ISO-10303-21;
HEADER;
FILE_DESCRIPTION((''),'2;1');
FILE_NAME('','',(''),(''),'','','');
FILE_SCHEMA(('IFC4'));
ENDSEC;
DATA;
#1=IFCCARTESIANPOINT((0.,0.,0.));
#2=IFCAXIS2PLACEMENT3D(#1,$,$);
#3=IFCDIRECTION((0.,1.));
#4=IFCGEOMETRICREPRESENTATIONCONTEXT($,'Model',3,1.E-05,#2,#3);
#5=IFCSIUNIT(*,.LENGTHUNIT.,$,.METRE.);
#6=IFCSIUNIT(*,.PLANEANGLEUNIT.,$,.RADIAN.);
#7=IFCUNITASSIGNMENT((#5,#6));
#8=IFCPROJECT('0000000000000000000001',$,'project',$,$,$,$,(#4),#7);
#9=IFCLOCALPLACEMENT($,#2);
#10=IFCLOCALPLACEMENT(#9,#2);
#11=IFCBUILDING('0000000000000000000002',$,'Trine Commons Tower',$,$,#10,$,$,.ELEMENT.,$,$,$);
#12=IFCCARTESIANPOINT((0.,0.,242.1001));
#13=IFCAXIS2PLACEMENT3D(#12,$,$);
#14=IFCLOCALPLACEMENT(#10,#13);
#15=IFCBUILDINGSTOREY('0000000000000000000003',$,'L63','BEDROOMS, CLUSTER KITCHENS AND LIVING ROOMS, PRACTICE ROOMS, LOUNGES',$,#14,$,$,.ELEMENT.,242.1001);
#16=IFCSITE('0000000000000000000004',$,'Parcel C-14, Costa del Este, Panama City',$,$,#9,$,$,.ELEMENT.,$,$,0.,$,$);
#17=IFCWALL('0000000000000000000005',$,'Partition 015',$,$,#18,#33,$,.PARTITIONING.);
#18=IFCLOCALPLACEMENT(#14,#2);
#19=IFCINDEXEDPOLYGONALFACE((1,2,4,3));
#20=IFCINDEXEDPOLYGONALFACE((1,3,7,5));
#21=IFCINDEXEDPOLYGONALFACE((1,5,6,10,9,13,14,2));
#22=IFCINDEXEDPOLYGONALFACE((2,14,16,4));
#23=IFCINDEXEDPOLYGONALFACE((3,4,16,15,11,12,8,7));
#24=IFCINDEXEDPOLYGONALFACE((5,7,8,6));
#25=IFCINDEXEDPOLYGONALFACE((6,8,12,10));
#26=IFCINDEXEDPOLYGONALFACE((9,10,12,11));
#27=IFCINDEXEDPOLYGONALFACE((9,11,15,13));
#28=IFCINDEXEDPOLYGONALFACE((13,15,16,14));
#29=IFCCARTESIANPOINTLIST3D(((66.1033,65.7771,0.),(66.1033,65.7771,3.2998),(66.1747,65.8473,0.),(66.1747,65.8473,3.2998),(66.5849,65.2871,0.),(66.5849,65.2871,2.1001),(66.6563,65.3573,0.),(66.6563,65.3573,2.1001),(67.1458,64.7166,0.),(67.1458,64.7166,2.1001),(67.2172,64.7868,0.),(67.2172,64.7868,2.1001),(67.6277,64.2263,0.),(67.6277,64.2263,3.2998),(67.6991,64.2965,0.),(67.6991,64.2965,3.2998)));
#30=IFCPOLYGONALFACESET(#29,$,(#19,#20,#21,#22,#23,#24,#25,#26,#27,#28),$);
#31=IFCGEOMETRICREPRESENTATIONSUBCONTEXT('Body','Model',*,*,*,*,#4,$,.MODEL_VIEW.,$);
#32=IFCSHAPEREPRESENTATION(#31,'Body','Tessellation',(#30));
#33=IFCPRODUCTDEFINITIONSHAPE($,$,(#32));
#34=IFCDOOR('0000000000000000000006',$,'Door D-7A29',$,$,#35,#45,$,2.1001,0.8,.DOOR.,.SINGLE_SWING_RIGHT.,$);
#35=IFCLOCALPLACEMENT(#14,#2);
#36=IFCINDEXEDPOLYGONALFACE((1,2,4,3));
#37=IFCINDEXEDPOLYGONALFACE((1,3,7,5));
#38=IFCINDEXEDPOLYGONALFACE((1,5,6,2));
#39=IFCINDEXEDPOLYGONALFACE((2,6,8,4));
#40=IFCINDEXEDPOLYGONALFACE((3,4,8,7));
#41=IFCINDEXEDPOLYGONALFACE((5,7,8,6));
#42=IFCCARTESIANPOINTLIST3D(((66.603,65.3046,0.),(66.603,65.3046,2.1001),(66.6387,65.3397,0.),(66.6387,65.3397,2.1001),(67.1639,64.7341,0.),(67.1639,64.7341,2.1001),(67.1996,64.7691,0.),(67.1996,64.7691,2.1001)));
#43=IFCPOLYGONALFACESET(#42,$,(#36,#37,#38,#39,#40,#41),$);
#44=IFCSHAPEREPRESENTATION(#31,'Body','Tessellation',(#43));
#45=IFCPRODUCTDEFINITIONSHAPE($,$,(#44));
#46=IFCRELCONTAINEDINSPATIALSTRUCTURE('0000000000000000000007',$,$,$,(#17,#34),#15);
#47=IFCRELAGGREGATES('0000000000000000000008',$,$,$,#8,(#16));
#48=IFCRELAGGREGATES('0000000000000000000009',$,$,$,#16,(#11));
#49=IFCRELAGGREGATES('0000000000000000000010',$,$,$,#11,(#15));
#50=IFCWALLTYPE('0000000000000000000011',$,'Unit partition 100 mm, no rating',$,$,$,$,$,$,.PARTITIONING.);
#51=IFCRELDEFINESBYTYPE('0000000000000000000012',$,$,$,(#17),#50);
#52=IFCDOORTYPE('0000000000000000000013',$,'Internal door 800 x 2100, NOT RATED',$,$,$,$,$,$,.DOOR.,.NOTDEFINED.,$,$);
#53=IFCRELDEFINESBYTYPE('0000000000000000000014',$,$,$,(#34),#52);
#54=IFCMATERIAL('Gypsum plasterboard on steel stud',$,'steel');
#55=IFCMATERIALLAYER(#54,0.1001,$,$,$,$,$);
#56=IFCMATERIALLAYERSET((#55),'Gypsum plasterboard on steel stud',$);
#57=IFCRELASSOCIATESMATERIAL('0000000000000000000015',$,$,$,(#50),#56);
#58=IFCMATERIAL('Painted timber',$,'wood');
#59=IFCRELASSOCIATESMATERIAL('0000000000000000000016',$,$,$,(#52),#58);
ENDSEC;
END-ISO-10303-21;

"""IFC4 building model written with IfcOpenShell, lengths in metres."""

from ifc_helpers import new_model, si_unit, direction, frame, frame_2d, origin, place, context, subcontext, project, spatial, rectangle, extrude, material, layer, layer_set, type_object, element, fill, save


model = new_model("IFC4")

# Units and contexts
model_context = context("Model", 3, precision=1e-05, world=origin(), true_north=direction((0.0, 1.0)))
body_context = subcontext(model_context, "Body", "Model", "MODEL_VIEW")
ifc_project = project(units=[si_unit("LENGTHUNIT", "METRE"), si_unit("PLANEANGLEUNIT", "RADIAN")], contexts=[model_context])

# Site, building, storey
site_placement = place(None, origin())
site = spatial("IfcSite", under=ifc_project, at=site_placement, Name="Parcel C-14, Costa del Este, Panama City", CompositionType="ELEMENT", RefElevation=0.0)
building_placement = place(site_placement, origin())
building = spatial("IfcBuilding", under=site, at=building_placement, Name="Trine Commons Tower", CompositionType="ELEMENT")
storey_placement = place(building_placement, frame((0.0, 0.0, 242.1001)))
storey = spatial("IfcBuildingStorey", under=building, at=storey_placement, Name="L63", Description="BEDROOMS, CLUSTER KITCHENS AND LIVING ROOMS, PRACTICE ROOMS, LOUNGES", CompositionType="ELEMENT", Elevation=242.1001)

# Shared definitions
ifc_material_1 = material(Name="Gypsum plasterboard on steel stud", Category="steel")

# Shared definitions
ifc_layer_1 = layer(ifc_material_1, 0.1001)
ifc_layer_set_1 = layer_set([ifc_layer_1], Name="Gypsum plasterboard on steel stud")
wall_type_1 = type_object("IfcWallType", Name="Unit partition 100 mm, no rating", PredefinedType="PARTITIONING", material=ifc_layer_set_1)
ifc_material_2 = material(Name="Painted timber", Category="wood")
door_type_1 = type_object("IfcDoorType", Name="Internal door 800 x 2100, NOT RATED", OperationType="NOTDEFINED", PredefinedType="DOOR", material=ifc_material_2)

# Wall, opening, door
wall_1_placement = place(storey_placement, frame((66.1389, 65.8123, 0.0), z_axis=(0.0, 0.0, 1.0), x_axis=(0.701018, -0.713143, 0.0)))
wall_1 = element("IfcWall", 1, at=wall_1_placement, inside=storey, type_object=wall_type_1, Name="Partition 015", PredefinedType="PARTITIONING", context=body_context, shape_type="SweptSolid", body=[
    extrude(rectangle(XDim=2.1746, YDim=0.1001, at=frame_2d((1.0874, 0.0))), origin(), (0.0, 0.0, 1.0), 3.2998),
])
opening_1_placement = place(wall_1_placement, frame((0.6873, 0.0, 0.0)))
opening_1 = element("IfcOpeningElement", 2, at=opening_1_placement, cuts=wall_1, PredefinedType="OPENING", context=body_context, shape_type="SweptSolid", body=[
    extrude(rectangle(XDim=0.8, YDim=2.1001, at=frame_2d((0.3999, 1.05))), frame((0.0, 0.0601, 0.0), z_axis=(0.0, -1.0, 0.0), x_axis=(1.0, 0.0, 0.0)), (0.0, 0.0, 1.0), 0.1201),
])
door_1_placement = place(opening_1_placement, frame((0.8, 0.0, 0.0), z_axis=(0.0, 0.0, 1.0), x_axis=(-1.0, 0.0, 0.0)))
door_1 = element("IfcDoor", 3, at=door_1_placement, inside=storey, type_object=door_type_1, Name="Door D-7A29", OperationType="SINGLE_SWING_RIGHT", OverallHeight=2.1001, OverallWidth=0.8, PredefinedType="DOOR", context=body_context, shape_type="SweptSolid", body=[
    extrude(rectangle(XDim=0.8, YDim=2.1001, at=frame_2d((0.3999, 1.05))), frame((0.0, 0.0249, 0.0), z_axis=(0.0, -1.0, 0.0), x_axis=(1.0, 0.0, 0.0)), (0.0, 0.0, 1.0), 0.05),
])
fill(opening_1, door_1)

save(model, "model.ifc")
